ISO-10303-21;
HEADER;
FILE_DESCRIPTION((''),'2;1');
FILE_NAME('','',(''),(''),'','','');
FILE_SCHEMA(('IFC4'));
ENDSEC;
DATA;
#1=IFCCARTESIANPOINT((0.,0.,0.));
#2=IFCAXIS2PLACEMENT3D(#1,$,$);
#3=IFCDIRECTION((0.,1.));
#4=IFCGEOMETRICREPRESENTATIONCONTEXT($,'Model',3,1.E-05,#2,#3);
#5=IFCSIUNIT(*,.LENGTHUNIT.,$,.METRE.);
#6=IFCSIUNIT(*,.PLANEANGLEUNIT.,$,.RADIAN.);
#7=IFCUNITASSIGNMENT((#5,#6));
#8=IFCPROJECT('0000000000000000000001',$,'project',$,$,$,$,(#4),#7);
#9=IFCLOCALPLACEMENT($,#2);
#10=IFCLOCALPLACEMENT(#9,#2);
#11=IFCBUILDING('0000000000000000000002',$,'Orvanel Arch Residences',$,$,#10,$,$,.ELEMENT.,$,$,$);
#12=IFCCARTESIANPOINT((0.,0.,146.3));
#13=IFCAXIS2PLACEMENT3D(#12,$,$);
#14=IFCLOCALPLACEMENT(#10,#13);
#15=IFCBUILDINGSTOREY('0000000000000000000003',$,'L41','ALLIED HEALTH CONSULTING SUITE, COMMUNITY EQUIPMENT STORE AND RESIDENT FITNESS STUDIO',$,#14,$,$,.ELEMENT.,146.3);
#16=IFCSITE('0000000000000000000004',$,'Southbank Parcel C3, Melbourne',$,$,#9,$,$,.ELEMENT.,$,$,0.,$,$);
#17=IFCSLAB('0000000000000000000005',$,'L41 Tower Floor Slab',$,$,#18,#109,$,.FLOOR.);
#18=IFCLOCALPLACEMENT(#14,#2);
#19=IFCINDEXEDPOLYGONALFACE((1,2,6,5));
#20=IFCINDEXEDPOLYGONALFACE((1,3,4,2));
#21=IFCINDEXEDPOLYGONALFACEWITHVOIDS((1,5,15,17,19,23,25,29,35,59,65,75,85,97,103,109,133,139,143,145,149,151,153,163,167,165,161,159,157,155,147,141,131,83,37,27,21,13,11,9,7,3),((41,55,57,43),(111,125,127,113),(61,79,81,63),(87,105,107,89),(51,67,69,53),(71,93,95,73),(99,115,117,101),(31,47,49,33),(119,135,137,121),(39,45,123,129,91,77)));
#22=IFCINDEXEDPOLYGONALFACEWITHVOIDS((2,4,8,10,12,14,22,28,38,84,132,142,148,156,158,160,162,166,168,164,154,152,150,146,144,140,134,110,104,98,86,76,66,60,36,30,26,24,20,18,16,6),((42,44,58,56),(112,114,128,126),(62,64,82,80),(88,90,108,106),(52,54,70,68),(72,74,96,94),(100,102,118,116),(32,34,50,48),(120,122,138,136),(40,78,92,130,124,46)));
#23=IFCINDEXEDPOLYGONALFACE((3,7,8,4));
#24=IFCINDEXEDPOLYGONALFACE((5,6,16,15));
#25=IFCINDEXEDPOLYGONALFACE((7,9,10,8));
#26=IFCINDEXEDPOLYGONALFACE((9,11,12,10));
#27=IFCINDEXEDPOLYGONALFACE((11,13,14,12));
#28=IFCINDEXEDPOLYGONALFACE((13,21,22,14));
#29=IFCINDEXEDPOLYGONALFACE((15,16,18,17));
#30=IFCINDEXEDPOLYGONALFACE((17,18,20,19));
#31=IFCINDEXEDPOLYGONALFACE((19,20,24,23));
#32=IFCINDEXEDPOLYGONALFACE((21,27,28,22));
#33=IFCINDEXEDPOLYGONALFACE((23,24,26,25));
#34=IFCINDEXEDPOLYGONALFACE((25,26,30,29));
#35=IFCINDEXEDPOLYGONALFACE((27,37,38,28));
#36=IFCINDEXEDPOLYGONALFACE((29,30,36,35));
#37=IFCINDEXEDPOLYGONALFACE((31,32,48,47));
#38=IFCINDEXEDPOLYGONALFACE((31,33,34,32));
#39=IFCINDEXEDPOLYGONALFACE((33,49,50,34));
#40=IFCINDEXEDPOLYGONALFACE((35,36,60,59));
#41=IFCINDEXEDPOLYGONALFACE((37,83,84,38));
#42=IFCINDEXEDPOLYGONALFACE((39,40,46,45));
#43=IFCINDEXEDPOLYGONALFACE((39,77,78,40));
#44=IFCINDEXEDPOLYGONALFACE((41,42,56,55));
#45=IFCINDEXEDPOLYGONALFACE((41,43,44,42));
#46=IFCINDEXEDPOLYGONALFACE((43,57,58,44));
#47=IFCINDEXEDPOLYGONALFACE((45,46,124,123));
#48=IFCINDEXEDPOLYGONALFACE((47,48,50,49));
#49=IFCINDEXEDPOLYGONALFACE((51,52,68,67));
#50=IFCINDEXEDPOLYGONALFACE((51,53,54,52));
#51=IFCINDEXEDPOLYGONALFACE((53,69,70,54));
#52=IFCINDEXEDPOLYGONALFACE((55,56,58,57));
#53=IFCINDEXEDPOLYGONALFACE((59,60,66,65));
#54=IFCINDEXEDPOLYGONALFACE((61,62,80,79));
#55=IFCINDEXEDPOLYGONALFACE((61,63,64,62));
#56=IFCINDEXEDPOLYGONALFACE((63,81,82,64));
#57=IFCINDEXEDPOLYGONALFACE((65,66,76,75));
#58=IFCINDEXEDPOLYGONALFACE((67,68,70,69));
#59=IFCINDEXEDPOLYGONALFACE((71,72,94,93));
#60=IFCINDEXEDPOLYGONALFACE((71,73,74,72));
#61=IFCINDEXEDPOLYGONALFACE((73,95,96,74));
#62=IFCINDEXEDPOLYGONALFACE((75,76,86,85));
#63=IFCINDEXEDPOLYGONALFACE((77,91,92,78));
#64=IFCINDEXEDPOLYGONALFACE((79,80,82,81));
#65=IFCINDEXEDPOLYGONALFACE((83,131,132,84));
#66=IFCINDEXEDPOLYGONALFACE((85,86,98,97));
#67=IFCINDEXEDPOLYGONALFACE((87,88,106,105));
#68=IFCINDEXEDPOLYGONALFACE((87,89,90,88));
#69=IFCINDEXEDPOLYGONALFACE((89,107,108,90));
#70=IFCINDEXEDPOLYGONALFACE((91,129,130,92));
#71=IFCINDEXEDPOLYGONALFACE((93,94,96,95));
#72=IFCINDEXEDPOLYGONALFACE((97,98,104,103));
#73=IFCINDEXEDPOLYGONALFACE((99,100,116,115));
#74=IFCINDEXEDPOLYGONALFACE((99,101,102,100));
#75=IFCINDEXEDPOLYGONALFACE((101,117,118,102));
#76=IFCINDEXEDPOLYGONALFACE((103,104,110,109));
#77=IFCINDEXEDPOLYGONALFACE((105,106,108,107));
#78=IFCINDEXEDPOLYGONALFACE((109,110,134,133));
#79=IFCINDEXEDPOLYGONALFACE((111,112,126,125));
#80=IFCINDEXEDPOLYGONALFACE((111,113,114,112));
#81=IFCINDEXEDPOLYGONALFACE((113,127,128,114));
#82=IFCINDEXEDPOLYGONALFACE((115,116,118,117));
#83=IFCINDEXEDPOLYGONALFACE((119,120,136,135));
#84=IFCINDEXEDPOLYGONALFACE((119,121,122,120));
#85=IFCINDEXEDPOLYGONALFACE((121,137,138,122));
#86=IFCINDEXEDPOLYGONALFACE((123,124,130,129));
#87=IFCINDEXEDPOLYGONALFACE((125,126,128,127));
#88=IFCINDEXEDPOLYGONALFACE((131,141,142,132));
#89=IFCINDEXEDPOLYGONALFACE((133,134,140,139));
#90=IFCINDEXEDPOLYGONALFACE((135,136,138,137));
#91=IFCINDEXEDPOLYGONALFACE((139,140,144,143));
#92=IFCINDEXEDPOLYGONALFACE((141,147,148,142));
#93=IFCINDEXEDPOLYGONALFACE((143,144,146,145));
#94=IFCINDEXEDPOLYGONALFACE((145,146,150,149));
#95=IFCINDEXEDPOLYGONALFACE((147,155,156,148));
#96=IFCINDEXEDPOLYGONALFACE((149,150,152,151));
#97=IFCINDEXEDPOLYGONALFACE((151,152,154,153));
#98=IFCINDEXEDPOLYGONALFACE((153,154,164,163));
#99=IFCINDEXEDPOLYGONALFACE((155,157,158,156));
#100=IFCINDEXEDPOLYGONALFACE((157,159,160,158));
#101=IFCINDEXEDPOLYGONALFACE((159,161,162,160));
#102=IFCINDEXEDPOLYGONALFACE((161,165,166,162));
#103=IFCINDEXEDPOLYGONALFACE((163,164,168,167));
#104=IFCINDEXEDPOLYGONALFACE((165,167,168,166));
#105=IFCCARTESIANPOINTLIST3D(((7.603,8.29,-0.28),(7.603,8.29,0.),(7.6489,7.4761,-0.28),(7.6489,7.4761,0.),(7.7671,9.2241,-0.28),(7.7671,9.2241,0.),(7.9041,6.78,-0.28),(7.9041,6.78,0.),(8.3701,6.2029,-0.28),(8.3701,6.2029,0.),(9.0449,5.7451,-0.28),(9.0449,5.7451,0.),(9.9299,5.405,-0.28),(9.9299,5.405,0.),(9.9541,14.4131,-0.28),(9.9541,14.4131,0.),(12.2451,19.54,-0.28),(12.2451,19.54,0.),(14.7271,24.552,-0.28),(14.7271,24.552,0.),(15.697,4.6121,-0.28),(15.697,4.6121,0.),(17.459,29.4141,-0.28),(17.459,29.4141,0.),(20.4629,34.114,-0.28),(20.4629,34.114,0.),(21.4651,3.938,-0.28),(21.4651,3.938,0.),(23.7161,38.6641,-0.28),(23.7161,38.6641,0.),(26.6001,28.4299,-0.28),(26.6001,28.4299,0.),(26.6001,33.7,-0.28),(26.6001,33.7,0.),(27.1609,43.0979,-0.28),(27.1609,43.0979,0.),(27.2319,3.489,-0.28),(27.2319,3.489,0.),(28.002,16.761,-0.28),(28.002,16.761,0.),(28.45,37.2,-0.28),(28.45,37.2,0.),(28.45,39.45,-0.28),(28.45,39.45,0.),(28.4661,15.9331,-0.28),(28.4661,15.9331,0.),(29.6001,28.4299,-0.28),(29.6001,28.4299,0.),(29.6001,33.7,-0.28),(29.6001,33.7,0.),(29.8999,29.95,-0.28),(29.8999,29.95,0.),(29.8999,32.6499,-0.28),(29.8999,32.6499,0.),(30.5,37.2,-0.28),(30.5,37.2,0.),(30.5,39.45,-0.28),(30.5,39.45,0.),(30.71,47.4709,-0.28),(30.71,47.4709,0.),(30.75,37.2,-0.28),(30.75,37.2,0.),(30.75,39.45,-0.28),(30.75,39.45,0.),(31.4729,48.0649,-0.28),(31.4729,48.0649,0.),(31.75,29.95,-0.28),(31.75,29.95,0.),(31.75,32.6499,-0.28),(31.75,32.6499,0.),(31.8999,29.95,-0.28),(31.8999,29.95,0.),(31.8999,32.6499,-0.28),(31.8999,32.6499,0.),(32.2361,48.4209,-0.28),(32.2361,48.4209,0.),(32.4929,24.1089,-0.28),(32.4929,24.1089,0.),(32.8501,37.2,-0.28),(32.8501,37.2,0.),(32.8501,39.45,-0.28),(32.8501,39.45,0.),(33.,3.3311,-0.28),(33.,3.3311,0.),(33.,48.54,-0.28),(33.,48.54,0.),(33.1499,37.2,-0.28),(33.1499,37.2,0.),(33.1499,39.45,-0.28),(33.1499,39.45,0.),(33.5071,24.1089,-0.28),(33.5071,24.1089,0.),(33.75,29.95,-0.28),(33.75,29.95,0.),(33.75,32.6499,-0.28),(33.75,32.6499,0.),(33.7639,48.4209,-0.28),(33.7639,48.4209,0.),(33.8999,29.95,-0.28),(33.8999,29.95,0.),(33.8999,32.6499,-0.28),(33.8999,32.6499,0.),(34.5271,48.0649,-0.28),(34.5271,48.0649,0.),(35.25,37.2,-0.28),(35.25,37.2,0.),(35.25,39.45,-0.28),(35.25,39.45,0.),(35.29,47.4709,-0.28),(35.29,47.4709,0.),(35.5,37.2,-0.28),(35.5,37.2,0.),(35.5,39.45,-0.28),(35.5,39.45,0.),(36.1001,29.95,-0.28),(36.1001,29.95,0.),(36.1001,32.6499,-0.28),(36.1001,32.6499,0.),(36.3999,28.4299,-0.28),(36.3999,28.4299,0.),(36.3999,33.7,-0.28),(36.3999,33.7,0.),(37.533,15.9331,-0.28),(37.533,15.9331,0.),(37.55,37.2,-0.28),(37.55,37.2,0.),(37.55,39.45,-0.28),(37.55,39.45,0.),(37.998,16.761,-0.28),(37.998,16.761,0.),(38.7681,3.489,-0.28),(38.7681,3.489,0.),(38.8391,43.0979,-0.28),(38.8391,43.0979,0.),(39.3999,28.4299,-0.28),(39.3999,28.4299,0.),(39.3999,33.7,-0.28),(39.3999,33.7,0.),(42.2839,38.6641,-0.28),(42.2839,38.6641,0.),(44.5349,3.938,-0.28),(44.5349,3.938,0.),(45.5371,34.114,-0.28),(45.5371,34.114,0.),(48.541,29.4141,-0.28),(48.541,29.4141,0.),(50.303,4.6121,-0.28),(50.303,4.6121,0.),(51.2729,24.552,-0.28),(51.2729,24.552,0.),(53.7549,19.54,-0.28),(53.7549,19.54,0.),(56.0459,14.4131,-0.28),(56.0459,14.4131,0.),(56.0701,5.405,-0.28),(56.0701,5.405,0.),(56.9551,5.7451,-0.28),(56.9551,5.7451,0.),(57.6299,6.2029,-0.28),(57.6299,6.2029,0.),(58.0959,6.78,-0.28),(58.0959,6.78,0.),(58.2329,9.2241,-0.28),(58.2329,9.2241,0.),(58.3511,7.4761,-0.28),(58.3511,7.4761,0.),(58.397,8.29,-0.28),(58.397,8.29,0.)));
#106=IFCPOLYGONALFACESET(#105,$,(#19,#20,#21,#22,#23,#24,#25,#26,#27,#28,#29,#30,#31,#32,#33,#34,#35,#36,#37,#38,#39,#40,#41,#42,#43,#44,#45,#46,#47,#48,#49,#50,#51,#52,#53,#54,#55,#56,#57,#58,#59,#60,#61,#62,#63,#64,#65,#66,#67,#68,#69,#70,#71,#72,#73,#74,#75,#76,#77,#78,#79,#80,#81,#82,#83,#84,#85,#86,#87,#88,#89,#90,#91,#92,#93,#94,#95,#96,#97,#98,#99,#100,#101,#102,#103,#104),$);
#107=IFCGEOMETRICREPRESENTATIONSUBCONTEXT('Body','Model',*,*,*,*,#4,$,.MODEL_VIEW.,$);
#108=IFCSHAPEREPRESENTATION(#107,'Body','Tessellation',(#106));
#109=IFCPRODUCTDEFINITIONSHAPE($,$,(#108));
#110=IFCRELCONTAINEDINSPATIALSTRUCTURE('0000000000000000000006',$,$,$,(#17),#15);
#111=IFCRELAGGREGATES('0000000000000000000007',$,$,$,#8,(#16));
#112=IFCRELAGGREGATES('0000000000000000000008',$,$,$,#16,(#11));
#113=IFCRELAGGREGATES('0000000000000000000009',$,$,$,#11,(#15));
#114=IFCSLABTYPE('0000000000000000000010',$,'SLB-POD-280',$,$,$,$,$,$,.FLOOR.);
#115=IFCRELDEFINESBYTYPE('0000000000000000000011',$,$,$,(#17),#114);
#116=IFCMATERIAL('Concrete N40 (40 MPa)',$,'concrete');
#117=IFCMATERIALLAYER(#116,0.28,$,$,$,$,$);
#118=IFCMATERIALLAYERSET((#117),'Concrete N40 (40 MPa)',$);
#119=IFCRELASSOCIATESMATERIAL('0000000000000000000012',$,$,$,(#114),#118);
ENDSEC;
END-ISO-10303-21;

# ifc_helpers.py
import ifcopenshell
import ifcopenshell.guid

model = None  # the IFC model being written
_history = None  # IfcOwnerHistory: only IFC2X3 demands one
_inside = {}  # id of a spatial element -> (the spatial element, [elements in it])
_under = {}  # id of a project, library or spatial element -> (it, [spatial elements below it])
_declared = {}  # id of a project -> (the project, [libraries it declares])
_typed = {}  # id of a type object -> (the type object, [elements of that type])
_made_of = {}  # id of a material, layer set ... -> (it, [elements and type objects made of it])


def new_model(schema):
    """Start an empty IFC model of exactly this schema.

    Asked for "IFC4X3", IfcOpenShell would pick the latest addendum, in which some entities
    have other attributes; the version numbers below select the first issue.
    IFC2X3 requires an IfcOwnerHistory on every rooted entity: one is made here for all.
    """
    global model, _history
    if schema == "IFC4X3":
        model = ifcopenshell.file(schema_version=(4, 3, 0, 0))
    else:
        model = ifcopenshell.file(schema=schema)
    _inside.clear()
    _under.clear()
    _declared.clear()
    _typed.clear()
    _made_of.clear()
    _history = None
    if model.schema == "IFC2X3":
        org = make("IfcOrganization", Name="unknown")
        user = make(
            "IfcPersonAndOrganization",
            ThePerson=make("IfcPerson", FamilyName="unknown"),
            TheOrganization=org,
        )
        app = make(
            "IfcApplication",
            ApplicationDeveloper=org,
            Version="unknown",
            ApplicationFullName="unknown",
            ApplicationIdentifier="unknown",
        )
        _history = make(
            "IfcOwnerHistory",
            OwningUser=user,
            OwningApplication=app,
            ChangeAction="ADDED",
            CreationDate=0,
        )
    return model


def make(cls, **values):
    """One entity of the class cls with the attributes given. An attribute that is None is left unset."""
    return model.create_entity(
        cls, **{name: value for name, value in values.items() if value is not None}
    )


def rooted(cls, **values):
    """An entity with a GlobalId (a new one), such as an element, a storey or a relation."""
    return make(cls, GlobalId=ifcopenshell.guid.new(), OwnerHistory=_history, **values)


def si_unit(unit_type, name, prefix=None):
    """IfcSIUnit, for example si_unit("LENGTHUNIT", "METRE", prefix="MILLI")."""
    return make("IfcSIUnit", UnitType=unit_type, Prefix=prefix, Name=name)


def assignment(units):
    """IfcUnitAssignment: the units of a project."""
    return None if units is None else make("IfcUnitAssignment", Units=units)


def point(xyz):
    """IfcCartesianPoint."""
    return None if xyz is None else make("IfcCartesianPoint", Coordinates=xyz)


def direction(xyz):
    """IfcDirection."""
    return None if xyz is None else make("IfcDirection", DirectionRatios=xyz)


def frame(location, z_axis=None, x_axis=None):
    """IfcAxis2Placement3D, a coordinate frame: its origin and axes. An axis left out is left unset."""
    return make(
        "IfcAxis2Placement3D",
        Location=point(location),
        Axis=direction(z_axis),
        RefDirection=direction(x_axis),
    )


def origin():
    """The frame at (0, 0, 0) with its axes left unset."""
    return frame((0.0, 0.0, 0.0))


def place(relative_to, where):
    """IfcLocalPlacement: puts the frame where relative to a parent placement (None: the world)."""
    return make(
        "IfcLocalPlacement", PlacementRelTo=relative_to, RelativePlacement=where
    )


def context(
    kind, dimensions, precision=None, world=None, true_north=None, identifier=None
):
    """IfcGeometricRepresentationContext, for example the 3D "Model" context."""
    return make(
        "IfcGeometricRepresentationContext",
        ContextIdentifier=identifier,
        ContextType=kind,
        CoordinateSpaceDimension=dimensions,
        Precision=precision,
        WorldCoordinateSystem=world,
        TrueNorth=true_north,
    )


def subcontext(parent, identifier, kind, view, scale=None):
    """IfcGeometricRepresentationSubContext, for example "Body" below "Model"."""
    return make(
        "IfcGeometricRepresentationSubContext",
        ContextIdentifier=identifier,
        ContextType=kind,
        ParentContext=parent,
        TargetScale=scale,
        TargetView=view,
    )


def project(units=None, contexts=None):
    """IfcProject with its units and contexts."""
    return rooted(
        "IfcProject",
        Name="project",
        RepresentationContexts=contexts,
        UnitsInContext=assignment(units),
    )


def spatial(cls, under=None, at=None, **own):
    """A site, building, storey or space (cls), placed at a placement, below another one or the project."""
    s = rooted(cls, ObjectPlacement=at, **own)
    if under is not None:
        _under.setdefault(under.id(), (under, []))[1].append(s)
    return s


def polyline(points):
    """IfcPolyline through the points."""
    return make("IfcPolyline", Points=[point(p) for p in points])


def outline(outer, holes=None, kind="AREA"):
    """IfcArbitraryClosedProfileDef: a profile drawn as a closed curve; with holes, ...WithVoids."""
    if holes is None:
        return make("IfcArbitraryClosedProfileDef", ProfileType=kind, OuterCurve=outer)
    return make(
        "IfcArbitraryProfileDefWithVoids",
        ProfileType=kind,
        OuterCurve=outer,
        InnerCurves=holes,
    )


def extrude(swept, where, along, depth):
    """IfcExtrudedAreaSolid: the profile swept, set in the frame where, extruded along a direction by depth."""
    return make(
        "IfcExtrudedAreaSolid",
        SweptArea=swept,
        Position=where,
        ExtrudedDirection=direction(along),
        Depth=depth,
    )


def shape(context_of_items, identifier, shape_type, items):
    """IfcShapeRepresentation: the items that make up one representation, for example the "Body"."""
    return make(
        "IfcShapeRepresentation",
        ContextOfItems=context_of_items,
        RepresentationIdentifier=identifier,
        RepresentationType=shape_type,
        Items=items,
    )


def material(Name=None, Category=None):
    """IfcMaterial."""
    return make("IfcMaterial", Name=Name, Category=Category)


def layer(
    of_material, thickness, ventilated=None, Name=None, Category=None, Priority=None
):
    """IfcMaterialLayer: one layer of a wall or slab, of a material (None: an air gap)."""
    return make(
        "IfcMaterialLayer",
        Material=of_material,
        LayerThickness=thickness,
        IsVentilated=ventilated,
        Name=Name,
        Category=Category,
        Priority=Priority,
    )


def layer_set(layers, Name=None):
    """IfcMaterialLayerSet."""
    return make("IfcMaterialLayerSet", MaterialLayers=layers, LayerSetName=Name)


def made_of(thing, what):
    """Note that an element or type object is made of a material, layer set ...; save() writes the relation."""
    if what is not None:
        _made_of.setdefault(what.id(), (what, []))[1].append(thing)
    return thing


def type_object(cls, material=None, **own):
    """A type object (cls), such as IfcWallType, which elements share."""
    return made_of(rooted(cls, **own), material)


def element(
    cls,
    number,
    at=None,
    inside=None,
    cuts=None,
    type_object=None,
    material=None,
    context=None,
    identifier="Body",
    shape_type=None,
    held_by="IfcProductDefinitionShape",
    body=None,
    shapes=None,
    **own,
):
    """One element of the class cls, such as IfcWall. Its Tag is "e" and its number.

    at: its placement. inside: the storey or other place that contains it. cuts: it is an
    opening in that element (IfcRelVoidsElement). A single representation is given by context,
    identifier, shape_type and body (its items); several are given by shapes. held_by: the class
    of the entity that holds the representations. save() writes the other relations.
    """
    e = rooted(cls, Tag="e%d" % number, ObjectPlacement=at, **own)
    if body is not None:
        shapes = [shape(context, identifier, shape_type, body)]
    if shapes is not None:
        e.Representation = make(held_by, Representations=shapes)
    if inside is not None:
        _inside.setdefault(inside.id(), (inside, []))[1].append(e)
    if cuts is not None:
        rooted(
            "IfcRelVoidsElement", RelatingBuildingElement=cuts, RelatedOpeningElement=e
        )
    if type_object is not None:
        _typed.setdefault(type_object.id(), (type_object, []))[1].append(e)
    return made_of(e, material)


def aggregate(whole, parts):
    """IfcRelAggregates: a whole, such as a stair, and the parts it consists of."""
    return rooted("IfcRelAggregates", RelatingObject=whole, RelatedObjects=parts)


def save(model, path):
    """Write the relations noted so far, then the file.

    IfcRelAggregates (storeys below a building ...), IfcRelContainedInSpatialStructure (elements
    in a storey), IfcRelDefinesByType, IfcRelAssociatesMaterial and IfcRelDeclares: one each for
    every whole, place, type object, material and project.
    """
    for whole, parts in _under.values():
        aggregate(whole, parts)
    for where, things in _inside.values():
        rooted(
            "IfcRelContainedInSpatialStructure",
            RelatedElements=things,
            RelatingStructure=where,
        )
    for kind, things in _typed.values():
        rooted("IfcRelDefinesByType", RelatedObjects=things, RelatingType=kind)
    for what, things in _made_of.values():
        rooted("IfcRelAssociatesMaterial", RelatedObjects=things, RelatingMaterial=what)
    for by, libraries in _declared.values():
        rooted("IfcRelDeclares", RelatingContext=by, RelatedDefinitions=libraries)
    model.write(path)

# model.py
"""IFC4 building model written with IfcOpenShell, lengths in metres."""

from ifc_helpers import new_model, si_unit, direction, frame, origin, place, context, subcontext, project, spatial, polyline, outline, extrude, material, layer, layer_set, type_object, element, save


model = new_model("IFC4")

# Units and contexts
model_context = context("Model", 3, precision=1e-05, world=origin(), true_north=direction((0.0, 1.0)))
body_context = subcontext(model_context, "Body", "Model", "MODEL_VIEW")
ifc_project = project(units=[si_unit("LENGTHUNIT", "METRE"), si_unit("PLANEANGLEUNIT", "RADIAN")], contexts=[model_context])

# Site, building, storey
site_placement = place(None, origin())
site = spatial("IfcSite", under=ifc_project, at=site_placement, Name="Southbank Parcel C3, Melbourne", CompositionType="ELEMENT", RefElevation=0.0)
building_placement = place(site_placement, origin())
building = spatial("IfcBuilding", under=site, at=building_placement, Name="Orvanel Arch Residences", CompositionType="ELEMENT")
storey_placement = place(building_placement, frame((0.0, 0.0, 146.3)))
storey = spatial("IfcBuildingStorey", under=building, at=storey_placement, Name="L41", Description="ALLIED HEALTH CONSULTING SUITE, COMMUNITY EQUIPMENT STORE AND RESIDENT FITNESS STUDIO", CompositionType="ELEMENT", Elevation=146.3)

# Shared definitions
ifc_material_1 = material(Name="Concrete N40 (40 MPa)", Category="concrete")

# Slab
ifc_layer_1 = layer(ifc_material_1, 0.28)
ifc_layer_set_1 = layer_set([ifc_layer_1], Name="Concrete N40 (40 MPa)")
slab_type_1 = type_object("IfcSlabType", Name="SLB-POD-280", PredefinedType="FLOOR", material=ifc_layer_set_1)
slab_1_placement = place(storey_placement, frame((0.0, 0.0, -0.28)))
element("IfcSlab", 1, at=slab_1_placement, inside=storey, type_object=slab_type_1, Name="L41 Tower Floor Slab", PredefinedType="FLOOR", context=body_context, shape_type="SweptSolid", body=[
    extrude(outline(polyline([(35.29, 47.4709), (34.5271, 48.0649), (33.7639, 48.4209), (33.0, 48.54), (32.2361, 48.4209), (31.4729, 48.0649), (30.71, 47.4709), (27.1609, 43.0979), (23.7161, 38.6641), (20.4629, 34.114), (17.459, 29.4141), (14.7271, 24.552), (12.2451, 19.54), (9.9541, 14.4131), (7.7671, 9.2241), (7.603, 8.29), (7.6489, 7.4761), (7.9041, 6.78), (8.3701, 6.2029), (9.0449, 5.7451), (9.9299, 5.405), (15.697, 4.6121), (21.4651, 3.938), (27.2319, 3.489), (33.0, 3.3311), (38.7681, 3.489), (44.5349, 3.938), (50.303, 4.6121), (56.0701, 5.405), (56.9551, 5.7451), (57.6299, 6.2029), (58.0959, 6.78), (58.3511, 7.4761), (58.397, 8.29), (58.2329, 9.2241), (56.0459, 14.4131), (53.7549, 19.54), (51.2729, 24.552), (48.541, 29.4141), (45.5371, 34.114), (42.2839, 38.6641), (38.8391, 43.0979), (35.29, 47.4709)]), holes=[polyline([(26.6001, 28.4299), (26.6001, 33.7), (29.6001, 33.7), (29.6001, 28.4299), (26.6001, 28.4299)]), polyline([(36.3999, 28.4299), (36.3999, 33.7), (39.3999, 33.7), (39.3999, 28.4299), (36.3999, 28.4299)]), polyline([(29.8999, 32.6499), (31.75, 32.6499), (31.75, 29.95), (29.8999, 29.95), (29.8999, 32.6499)]), polyline([(31.8999, 32.6499), (33.75, 32.6499), (33.75, 29.95), (31.8999, 29.95), (31.8999, 32.6499)]), polyline([(33.8999, 32.6499), (36.1001, 32.6499), (36.1001, 29.95), (33.8999, 29.95), (33.8999, 32.6499)]), polyline([(28.45, 39.45), (30.5, 39.45), (30.5, 37.2), (28.45, 37.2), (28.45, 39.45)]), polyline([(35.5, 39.45), (37.55, 39.45), (37.55, 37.2), (35.5, 37.2), (35.5, 39.45)]), polyline([(30.75, 39.45), (32.8501, 39.45), (32.8501, 37.2), (30.75, 37.2), (30.75, 39.45)]), polyline([(33.1499, 39.45), (35.25, 39.45), (35.25, 37.2), (33.1499, 37.2), (33.1499, 39.45)]), polyline([(37.998, 16.761), (37.533, 15.9331), (28.4661, 15.9331), (28.002, 16.761), (32.4929, 24.1089), (33.5071, 24.1089), (37.998, 16.761)])]), origin(), (0.0, 0.0, 1.0), 0.28),
])

save(model, "model.ifc")
